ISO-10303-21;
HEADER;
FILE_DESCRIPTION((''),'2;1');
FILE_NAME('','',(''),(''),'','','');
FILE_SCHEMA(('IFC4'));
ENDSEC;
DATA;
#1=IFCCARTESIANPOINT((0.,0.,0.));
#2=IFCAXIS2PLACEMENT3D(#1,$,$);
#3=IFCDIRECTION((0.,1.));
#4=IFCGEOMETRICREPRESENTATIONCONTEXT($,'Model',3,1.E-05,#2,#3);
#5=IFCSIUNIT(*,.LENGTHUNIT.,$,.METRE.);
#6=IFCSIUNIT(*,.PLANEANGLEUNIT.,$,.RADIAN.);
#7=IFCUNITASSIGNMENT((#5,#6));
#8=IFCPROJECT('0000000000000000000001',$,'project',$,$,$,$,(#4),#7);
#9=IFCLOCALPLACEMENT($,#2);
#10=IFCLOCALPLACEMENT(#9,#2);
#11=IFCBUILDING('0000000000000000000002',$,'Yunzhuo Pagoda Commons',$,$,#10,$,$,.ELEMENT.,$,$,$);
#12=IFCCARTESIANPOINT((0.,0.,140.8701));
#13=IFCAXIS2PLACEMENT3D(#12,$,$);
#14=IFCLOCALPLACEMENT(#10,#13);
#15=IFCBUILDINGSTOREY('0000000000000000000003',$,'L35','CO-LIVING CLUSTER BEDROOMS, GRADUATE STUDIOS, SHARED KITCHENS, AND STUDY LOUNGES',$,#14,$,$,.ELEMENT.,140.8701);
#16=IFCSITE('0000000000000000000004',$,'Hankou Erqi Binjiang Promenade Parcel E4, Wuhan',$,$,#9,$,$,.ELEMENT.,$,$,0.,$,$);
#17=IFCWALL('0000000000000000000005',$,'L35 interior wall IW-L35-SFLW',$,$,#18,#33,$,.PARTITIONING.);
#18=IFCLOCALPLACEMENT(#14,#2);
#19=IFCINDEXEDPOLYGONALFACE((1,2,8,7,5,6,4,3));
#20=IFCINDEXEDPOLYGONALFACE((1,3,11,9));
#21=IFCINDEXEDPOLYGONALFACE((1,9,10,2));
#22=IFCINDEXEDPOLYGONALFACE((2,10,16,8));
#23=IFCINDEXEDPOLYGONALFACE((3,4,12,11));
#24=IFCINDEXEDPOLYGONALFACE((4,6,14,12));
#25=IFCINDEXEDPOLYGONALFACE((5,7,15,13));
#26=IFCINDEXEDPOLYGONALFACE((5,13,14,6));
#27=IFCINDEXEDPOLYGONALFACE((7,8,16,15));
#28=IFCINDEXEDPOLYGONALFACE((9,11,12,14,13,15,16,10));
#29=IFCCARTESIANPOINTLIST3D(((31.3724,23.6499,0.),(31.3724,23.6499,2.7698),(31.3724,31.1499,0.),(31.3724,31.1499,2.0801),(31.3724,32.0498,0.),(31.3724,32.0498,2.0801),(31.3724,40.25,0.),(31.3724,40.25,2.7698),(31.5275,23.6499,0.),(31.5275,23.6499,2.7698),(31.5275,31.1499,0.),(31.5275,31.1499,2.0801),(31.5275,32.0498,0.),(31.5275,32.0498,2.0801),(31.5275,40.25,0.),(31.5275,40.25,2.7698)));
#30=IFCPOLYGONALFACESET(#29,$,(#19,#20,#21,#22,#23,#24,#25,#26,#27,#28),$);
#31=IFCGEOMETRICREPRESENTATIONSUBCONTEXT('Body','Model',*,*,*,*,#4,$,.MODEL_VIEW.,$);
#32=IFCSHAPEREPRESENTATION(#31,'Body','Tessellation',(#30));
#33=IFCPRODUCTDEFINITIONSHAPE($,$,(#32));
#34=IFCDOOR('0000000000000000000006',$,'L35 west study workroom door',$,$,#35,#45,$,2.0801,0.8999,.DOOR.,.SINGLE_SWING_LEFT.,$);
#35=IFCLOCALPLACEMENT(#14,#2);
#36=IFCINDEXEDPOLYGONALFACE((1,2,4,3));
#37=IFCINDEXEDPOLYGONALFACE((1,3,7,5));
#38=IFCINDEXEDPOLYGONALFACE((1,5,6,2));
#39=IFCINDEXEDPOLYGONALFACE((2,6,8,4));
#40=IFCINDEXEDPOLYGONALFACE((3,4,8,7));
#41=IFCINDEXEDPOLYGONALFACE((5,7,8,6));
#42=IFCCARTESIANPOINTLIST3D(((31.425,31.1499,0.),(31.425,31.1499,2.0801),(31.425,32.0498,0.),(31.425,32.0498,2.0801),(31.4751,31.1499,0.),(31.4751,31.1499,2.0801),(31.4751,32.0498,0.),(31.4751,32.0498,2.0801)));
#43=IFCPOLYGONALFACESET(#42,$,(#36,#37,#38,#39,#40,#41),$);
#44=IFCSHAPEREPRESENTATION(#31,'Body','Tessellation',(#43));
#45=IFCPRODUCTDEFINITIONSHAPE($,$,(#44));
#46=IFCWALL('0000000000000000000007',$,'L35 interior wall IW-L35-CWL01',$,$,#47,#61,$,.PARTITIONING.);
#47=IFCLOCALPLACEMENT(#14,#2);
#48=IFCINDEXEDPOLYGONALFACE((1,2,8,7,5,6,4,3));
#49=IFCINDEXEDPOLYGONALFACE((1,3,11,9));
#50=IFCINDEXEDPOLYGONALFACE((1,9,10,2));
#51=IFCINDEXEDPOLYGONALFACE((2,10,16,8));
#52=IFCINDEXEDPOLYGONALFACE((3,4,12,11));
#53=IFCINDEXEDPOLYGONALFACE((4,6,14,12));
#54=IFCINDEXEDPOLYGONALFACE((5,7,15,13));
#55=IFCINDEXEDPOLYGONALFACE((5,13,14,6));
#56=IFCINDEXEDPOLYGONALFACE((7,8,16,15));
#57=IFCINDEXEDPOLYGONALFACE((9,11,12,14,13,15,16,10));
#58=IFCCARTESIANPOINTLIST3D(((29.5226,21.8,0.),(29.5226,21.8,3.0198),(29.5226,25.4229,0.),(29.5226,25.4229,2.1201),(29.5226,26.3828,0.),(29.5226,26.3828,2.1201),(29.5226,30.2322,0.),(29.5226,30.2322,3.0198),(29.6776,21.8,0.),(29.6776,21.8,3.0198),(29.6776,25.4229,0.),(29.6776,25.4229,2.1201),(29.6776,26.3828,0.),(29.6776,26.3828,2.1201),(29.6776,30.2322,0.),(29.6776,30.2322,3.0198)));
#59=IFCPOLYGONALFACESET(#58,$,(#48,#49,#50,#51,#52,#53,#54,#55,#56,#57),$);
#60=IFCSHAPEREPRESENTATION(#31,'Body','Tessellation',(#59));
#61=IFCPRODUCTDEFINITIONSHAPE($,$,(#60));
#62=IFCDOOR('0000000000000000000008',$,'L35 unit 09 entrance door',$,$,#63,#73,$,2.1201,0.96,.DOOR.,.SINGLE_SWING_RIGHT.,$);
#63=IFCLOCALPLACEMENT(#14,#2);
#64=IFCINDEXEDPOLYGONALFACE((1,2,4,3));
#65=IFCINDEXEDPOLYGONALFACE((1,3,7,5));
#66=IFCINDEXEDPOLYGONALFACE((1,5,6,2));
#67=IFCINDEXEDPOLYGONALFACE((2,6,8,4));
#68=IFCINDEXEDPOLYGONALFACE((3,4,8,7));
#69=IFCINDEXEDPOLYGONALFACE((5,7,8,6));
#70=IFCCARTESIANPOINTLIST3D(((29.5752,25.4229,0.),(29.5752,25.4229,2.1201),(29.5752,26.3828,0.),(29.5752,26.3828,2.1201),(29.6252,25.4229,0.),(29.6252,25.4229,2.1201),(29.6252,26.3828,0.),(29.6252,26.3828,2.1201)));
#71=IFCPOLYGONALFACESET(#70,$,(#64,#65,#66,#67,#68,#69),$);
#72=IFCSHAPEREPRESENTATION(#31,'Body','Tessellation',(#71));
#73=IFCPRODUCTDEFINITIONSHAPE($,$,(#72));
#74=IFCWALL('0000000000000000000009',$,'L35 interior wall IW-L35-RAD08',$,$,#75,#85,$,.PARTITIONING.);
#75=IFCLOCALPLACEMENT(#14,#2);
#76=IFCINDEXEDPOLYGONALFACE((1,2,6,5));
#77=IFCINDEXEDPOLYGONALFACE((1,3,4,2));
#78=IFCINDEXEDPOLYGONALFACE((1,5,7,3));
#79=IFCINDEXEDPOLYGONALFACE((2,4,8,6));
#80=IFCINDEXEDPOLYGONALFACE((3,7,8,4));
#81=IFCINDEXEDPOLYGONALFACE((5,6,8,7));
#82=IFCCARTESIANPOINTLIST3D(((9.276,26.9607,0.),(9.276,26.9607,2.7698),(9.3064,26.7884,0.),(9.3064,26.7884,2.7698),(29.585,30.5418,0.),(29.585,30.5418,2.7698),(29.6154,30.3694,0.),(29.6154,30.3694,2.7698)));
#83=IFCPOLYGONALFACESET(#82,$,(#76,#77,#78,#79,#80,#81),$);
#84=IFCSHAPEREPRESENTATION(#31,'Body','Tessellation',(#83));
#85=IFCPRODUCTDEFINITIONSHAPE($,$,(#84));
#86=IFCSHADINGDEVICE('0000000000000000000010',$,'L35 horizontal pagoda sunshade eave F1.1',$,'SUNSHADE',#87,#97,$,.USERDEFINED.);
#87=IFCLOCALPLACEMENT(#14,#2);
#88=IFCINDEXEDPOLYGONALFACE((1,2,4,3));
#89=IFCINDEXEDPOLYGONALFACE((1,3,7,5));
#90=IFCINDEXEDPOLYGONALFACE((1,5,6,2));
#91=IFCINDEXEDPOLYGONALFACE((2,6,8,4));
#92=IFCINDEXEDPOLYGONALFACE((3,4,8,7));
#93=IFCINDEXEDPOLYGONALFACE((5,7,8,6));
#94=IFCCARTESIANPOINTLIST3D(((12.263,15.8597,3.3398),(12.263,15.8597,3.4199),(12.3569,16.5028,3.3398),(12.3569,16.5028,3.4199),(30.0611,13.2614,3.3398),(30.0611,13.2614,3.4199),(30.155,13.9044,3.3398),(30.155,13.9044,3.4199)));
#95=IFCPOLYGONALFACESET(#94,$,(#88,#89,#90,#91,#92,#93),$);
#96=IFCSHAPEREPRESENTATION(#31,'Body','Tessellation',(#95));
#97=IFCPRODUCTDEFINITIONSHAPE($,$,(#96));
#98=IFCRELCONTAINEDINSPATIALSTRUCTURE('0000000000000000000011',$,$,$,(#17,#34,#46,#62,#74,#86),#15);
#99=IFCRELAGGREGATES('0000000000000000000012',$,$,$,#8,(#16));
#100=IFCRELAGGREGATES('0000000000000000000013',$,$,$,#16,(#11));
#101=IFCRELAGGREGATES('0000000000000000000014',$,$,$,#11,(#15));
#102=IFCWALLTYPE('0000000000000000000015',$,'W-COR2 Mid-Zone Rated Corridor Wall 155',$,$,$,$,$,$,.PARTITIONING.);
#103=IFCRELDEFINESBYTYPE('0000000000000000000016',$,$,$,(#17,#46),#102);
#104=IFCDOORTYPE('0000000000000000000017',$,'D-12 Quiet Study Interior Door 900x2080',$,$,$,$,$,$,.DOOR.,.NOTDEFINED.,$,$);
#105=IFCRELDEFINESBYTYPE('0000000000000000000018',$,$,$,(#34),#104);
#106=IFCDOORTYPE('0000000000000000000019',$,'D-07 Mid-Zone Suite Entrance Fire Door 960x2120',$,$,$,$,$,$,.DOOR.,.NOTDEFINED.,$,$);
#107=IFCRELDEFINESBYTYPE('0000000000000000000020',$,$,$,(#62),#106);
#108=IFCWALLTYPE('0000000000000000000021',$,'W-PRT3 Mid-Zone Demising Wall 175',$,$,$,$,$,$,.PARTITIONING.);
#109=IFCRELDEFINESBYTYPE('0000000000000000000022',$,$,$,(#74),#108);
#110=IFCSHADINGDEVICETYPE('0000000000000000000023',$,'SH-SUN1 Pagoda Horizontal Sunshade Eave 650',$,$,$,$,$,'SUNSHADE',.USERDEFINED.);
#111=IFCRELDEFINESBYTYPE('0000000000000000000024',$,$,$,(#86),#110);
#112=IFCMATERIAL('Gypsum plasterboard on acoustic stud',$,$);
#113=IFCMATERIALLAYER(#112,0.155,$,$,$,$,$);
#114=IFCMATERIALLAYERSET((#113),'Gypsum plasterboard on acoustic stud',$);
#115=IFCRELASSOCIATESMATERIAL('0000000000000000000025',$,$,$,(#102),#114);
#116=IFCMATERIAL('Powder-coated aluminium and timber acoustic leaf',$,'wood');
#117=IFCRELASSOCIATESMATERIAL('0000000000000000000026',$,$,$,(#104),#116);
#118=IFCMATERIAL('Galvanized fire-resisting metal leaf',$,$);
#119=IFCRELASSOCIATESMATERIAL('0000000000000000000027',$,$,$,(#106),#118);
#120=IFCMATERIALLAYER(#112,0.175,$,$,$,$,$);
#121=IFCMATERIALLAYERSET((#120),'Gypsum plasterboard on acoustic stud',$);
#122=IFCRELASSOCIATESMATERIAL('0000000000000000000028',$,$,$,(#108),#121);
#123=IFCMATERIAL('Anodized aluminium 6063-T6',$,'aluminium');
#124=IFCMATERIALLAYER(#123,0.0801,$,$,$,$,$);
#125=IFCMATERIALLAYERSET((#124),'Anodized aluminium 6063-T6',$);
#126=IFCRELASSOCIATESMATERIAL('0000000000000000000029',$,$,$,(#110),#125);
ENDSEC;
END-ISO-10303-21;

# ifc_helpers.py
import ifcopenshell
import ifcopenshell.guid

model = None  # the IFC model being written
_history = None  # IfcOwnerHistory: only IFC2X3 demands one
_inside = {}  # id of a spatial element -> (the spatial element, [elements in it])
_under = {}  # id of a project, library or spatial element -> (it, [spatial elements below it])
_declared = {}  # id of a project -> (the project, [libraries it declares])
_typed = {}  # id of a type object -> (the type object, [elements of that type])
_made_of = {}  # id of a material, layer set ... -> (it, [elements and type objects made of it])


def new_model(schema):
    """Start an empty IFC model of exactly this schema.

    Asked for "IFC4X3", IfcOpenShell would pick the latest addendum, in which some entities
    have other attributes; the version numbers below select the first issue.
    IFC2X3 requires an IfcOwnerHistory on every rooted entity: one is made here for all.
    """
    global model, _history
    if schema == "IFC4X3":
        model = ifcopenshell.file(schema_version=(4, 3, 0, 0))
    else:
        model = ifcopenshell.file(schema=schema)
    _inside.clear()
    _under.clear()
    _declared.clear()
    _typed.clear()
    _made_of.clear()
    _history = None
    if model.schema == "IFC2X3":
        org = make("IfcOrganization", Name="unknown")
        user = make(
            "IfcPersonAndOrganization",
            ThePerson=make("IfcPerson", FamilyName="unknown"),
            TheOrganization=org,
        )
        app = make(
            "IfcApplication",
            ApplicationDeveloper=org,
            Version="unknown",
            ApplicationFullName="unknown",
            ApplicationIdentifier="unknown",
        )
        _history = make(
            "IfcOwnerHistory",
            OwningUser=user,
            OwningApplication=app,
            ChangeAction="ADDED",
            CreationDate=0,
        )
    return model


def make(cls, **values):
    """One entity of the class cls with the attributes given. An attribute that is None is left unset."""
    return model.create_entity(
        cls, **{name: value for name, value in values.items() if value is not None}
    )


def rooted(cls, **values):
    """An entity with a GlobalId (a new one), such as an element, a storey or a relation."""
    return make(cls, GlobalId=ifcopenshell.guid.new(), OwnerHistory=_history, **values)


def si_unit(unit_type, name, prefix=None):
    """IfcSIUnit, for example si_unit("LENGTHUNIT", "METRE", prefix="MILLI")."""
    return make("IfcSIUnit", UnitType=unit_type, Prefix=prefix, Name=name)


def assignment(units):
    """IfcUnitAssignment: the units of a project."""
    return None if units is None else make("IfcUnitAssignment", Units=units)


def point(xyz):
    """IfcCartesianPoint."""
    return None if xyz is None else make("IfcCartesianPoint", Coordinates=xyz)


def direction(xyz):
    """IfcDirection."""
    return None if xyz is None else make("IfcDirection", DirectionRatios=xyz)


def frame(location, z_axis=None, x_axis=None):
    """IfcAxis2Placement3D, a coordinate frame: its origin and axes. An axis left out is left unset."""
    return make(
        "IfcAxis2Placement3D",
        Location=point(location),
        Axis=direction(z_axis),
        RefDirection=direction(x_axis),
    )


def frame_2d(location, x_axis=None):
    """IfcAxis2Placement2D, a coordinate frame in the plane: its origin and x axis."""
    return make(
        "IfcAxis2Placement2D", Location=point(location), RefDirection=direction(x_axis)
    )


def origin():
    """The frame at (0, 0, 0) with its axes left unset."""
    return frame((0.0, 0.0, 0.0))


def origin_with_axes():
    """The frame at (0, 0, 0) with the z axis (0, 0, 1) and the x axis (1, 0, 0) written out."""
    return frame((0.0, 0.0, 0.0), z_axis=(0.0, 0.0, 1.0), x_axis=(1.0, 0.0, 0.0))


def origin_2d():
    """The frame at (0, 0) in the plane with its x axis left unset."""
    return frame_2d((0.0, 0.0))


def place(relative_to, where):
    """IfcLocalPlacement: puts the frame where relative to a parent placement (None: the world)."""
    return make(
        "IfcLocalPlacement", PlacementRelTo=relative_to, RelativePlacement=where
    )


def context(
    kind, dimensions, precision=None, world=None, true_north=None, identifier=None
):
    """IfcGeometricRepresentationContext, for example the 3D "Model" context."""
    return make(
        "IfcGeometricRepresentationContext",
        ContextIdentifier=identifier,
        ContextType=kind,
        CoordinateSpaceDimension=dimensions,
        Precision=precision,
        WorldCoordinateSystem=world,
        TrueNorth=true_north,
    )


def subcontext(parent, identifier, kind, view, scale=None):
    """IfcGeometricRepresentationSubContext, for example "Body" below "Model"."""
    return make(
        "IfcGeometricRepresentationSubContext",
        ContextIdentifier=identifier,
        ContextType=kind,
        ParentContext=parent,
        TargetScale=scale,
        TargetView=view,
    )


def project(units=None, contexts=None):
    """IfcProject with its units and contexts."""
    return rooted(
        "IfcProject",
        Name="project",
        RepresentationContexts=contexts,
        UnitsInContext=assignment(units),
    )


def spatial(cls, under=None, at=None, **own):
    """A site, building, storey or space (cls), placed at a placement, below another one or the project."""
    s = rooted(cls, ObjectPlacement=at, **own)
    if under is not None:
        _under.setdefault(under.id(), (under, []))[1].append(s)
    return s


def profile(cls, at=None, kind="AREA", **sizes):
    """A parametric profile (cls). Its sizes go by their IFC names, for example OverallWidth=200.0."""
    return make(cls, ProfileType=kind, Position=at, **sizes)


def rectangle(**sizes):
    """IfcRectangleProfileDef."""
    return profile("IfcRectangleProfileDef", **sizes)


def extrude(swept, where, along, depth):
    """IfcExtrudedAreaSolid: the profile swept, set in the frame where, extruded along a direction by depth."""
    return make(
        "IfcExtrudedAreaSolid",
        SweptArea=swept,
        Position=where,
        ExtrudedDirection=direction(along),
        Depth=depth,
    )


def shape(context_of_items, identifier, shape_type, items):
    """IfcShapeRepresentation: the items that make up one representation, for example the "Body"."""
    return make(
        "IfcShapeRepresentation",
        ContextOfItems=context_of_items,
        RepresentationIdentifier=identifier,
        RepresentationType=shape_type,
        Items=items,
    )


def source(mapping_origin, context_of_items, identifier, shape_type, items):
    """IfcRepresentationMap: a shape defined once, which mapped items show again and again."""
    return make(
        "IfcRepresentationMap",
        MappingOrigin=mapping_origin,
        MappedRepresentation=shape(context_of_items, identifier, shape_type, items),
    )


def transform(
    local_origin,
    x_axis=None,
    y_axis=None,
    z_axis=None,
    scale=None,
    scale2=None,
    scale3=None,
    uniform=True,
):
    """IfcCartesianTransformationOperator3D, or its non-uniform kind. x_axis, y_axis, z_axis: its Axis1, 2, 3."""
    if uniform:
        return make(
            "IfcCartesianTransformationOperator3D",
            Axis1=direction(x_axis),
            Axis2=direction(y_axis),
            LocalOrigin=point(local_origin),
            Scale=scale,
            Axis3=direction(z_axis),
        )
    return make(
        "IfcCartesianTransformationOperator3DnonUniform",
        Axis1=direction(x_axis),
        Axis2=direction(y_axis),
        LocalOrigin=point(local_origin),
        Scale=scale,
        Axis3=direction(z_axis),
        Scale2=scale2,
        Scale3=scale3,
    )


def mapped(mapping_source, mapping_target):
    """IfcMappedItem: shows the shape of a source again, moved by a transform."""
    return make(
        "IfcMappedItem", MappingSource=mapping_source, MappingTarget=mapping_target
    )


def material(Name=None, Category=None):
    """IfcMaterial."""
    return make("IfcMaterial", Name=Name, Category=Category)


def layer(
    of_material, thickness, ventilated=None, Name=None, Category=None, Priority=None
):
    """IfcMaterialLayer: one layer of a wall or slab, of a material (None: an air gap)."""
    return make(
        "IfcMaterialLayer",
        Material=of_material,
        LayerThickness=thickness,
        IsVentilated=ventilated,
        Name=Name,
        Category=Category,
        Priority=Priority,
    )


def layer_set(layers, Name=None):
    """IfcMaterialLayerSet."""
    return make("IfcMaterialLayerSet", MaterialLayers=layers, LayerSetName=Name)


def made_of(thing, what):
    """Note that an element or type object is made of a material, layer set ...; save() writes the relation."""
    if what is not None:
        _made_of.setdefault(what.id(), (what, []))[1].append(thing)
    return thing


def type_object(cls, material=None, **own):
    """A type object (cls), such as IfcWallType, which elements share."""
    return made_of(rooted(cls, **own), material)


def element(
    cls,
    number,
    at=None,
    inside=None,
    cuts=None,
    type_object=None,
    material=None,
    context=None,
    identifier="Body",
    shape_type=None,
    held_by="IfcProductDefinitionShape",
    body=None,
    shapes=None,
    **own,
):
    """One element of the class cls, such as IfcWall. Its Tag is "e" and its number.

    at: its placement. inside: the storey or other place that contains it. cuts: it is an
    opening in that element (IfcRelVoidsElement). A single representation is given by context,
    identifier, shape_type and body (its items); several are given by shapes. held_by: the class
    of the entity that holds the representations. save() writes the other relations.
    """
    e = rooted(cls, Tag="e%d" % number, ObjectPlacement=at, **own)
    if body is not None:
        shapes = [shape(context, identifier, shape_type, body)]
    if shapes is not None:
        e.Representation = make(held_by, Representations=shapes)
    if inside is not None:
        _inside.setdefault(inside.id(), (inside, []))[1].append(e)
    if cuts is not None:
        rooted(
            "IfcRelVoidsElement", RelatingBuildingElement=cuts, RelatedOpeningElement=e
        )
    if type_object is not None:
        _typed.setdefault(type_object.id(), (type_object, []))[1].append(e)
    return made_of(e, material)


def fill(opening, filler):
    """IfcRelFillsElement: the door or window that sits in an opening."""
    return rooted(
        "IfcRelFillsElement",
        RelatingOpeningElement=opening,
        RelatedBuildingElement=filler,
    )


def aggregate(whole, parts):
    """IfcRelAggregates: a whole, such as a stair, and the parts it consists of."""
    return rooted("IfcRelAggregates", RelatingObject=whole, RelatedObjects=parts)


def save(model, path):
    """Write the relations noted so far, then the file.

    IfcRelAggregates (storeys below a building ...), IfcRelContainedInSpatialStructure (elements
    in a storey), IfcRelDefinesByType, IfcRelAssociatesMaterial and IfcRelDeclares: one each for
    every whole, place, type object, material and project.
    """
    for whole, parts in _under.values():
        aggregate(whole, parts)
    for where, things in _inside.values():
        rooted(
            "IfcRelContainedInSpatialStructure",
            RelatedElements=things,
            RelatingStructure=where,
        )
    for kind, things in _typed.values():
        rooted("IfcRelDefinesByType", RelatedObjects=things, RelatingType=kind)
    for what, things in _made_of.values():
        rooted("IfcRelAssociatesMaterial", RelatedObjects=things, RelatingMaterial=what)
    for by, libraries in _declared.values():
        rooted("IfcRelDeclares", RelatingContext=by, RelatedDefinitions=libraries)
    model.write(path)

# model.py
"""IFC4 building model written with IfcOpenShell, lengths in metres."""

from ifc_helpers import new_model, si_unit, direction, frame, frame_2d, origin, origin_with_axes, origin_2d, place, context, subcontext, project, spatial, rectangle, extrude, source, transform, mapped, material, layer, layer_set, type_object, element, fill, save


model = new_model("IFC4")

# Units and contexts
model_context = context("Model", 3, precision=1e-05, world=origin(), true_north=direction((0.0, 1.0)))
body_context = subcontext(model_context, "Body", "Model", "MODEL_VIEW")
ifc_project = project(units=[si_unit("LENGTHUNIT", "METRE"), si_unit("PLANEANGLEUNIT", "RADIAN")], contexts=[model_context])

# Site, building, storey
site_placement = place(None, origin())
site = spatial("IfcSite", under=ifc_project, at=site_placement, Name="Hankou Erqi Binjiang Promenade Parcel E4, Wuhan", CompositionType="ELEMENT", RefElevation=0.0)
building_placement = place(site_placement, origin())
building = spatial("IfcBuilding", under=site, at=building_placement, Name="Yunzhuo Pagoda Commons", CompositionType="ELEMENT")
storey_placement = place(building_placement, frame((0.0, 0.0, 140.8701)))
storey = spatial("IfcBuildingStorey", under=building, at=storey_placement, Name="L35", Description="CO-LIVING CLUSTER BEDROOMS, GRADUATE STUDIOS, SHARED KITCHENS, AND STUDY LOUNGES", CompositionType="ELEMENT", Elevation=140.8701)

# Shared definitions
ifc_material_1 = material(Name="Anodized aluminium 6063-T6", Category="aluminium")

# Walls, openings, doors
ifc_material_2 = material(Name="Gypsum plasterboard on acoustic stud")
ifc_layer_1 = layer(ifc_material_2, 0.155)
ifc_layer_set_1 = layer_set([ifc_layer_1], Name="Gypsum plasterboard on acoustic stud")
wall_type_1 = type_object("IfcWallType", Name="W-COR2 Mid-Zone Rated Corridor Wall 155", PredefinedType="PARTITIONING", material=ifc_layer_set_1)
wall_1_placement = place(storey_placement, frame((31.45, 23.6499, 0.0), z_axis=(0.0, 0.0, 1.0), x_axis=(0.0, 1.0, 0.0)))
wall_1 = element("IfcWall", 1, at=wall_1_placement, inside=storey, type_object=wall_type_1, Name="L35 interior wall IW-L35-SFLW", PredefinedType="PARTITIONING", context=body_context, shape_type="SweptSolid", body=[
    extrude(rectangle(XDim=16.6001, YDim=0.155, at=frame_2d((8.3, 0.0))), origin(), (0.0, 0.0, 1.0), 2.7698),
])
opening_1_placement = place(wall_1_placement, frame((7.5, 0.0, 0.0)))
opening_1 = element("IfcOpeningElement", 2, at=opening_1_placement, cuts=wall_1, PredefinedType="OPENING", context=body_context, shape_type="SweptSolid", body=[
    extrude(rectangle(XDim=0.8999, YDim=2.0801, at=frame_2d((0.45, 1.04))), frame((0.0, 0.0874, 0.0), z_axis=(0.0, -1.0, 0.0), x_axis=(1.0, 0.0, 0.0)), (0.0, 0.0, 1.0), 0.175),
])
ifc_material_3 = material(Name="Powder-coated aluminium and timber acoustic leaf", Category="wood")
door_type_1 = type_object("IfcDoorType", Name="D-12 Quiet Study Interior Door 900x2080", OperationType="NOTDEFINED", PredefinedType="DOOR", material=ifc_material_3)
shared_shape_1 = source(origin(), body_context, "Body", "SweptSolid", [
    extrude(rectangle(XDim=0.8999, YDim=2.0801, at=frame_2d((0.45, 1.04))), frame((0.0, 0.0249, 0.0), z_axis=(0.0, -1.0, 0.0), x_axis=(1.0, 0.0, 0.0)), (0.0, 0.0, 1.0), 0.05),
])
door_1_placement = place(opening_1_placement, origin_with_axes())
door_1 = element("IfcDoor", 3, at=door_1_placement, inside=storey, type_object=door_type_1, Name="L35 west study workroom door", OperationType="SINGLE_SWING_LEFT", OverallHeight=2.0801, OverallWidth=0.8999, PredefinedType="DOOR", context=body_context, shape_type="MappedRepresentation", body=[
    mapped(shared_shape_1, transform((0.0, 0.0, 0.0), scale=1.0)),
])
fill(opening_1, door_1)
wall_2_placement = place(storey_placement, frame((29.6001, 21.8, 0.0), z_axis=(0.0, 0.0, 1.0), x_axis=(0.0, 1.0, 0.0)))
wall_2 = element("IfcWall", 4, at=wall_2_placement, inside=storey, type_object=wall_type_1, Name="L35 interior wall IW-L35-CWL01", PredefinedType="PARTITIONING", context=body_context, shape_type="SweptSolid", body=[
    extrude(rectangle(XDim=8.4321, YDim=0.155, at=frame_2d((4.2161, 0.0))), origin(), (0.0, 0.0, 1.0), 3.0198),
])
opening_2_placement = place(wall_2_placement, frame((3.6228, 0.0, 0.0)))
opening_2 = element("IfcOpeningElement", 5, at=opening_2_placement, cuts=wall_2, PredefinedType="OPENING", context=body_context, shape_type="SweptSolid", body=[
    extrude(rectangle(XDim=0.96, YDim=2.1201, at=frame_2d((0.48, 1.0601))), frame((0.0, 0.0874, 0.0), z_axis=(0.0, -1.0, 0.0), x_axis=(1.0, 0.0, 0.0)), (0.0, 0.0, 1.0), 0.175),
])
ifc_material_4 = material(Name="Galvanized fire-resisting metal leaf")
door_type_2 = type_object("IfcDoorType", Name="D-07 Mid-Zone Suite Entrance Fire Door 960x2120", OperationType="NOTDEFINED", PredefinedType="DOOR", material=ifc_material_4)
shared_shape_2 = source(origin(), body_context, "Body", "SweptSolid", [
    extrude(rectangle(XDim=0.96, YDim=2.1201, at=frame_2d((0.48, 1.0601))), frame((0.0, 0.0249, 0.0), z_axis=(0.0, -1.0, 0.0), x_axis=(1.0, 0.0, 0.0)), (0.0, 0.0, 1.0), 0.05),
])
door_2_placement = place(opening_2_placement, origin_with_axes())
door_2 = element("IfcDoor", 6, at=door_2_placement, inside=storey, type_object=door_type_2, Name="L35 unit 09 entrance door", OperationType="SINGLE_SWING_RIGHT", OverallHeight=2.1201, OverallWidth=0.96, PredefinedType="DOOR", context=body_context, shape_type="MappedRepresentation", body=[
    mapped(shared_shape_2, transform((0.0, 0.0, 0.0), scale=1.0)),
])
fill(opening_2, door_2)

# Wall
ifc_layer_2 = layer(ifc_material_2, 0.175)
ifc_layer_set_2 = layer_set([ifc_layer_2], Name="Gypsum plasterboard on acoustic stud")
wall_type_2 = type_object("IfcWallType", Name="W-PRT3 Mid-Zone Demising Wall 175", PredefinedType="PARTITIONING", material=ifc_layer_set_2)
wall_3_placement = place(storey_placement, frame((29.6001, 30.4556, 0.0), z_axis=(0.0, 0.0, 1.0), x_axis=(-0.984808, -0.173649, 0.0)))
element("IfcWall", 7, at=wall_3_placement, inside=storey, type_object=wall_type_2, Name="L35 interior wall IW-L35-RAD08", PredefinedType="PARTITIONING", context=body_context, shape_type="SweptSolid", body=[
    extrude(rectangle(XDim=20.6223, YDim=0.175, at=frame_2d((10.311, 0.0))), origin(), (0.0, 0.0, 1.0), 2.7698),
])

# Shading device
ifc_layer_3 = layer(ifc_material_1, 0.0801)
ifc_layer_set_3 = layer_set([ifc_layer_3], Name="Anodized aluminium 6063-T6")
shading_device_type = type_object("IfcShadingDeviceType", Name="SH-SUN1 Pagoda Horizontal Sunshade Eave 650", ElementType="SUNSHADE", PredefinedType="USERDEFINED", material=ifc_layer_set_3)
shared_shape_3 = source(origin(), body_context, "Body", "SweptSolid", [
    extrude(rectangle(XDim=17.9868, YDim=0.6499, at=origin_2d()), origin(), (0.0, 0.0, 1.0), 0.0801),
])
shading_device_placement = place(storey_placement, frame((21.209, 14.8821, 3.3398), z_axis=(0.0, 0.0, 1.0), x_axis=(0.989511, -0.14446, 0.0)))
element("IfcShadingDevice", 8, at=shading_device_placement, inside=storey, type_object=shading_device_type, Name="L35 horizontal pagoda sunshade eave F1.1", ObjectType="SUNSHADE", PredefinedType="USERDEFINED", context=body_context, shape_type="MappedRepresentation", body=[
    mapped(shared_shape_3, transform((0.0, 0.0, 0.0), scale=1.0)),
])

save(model, "model.ifc")
